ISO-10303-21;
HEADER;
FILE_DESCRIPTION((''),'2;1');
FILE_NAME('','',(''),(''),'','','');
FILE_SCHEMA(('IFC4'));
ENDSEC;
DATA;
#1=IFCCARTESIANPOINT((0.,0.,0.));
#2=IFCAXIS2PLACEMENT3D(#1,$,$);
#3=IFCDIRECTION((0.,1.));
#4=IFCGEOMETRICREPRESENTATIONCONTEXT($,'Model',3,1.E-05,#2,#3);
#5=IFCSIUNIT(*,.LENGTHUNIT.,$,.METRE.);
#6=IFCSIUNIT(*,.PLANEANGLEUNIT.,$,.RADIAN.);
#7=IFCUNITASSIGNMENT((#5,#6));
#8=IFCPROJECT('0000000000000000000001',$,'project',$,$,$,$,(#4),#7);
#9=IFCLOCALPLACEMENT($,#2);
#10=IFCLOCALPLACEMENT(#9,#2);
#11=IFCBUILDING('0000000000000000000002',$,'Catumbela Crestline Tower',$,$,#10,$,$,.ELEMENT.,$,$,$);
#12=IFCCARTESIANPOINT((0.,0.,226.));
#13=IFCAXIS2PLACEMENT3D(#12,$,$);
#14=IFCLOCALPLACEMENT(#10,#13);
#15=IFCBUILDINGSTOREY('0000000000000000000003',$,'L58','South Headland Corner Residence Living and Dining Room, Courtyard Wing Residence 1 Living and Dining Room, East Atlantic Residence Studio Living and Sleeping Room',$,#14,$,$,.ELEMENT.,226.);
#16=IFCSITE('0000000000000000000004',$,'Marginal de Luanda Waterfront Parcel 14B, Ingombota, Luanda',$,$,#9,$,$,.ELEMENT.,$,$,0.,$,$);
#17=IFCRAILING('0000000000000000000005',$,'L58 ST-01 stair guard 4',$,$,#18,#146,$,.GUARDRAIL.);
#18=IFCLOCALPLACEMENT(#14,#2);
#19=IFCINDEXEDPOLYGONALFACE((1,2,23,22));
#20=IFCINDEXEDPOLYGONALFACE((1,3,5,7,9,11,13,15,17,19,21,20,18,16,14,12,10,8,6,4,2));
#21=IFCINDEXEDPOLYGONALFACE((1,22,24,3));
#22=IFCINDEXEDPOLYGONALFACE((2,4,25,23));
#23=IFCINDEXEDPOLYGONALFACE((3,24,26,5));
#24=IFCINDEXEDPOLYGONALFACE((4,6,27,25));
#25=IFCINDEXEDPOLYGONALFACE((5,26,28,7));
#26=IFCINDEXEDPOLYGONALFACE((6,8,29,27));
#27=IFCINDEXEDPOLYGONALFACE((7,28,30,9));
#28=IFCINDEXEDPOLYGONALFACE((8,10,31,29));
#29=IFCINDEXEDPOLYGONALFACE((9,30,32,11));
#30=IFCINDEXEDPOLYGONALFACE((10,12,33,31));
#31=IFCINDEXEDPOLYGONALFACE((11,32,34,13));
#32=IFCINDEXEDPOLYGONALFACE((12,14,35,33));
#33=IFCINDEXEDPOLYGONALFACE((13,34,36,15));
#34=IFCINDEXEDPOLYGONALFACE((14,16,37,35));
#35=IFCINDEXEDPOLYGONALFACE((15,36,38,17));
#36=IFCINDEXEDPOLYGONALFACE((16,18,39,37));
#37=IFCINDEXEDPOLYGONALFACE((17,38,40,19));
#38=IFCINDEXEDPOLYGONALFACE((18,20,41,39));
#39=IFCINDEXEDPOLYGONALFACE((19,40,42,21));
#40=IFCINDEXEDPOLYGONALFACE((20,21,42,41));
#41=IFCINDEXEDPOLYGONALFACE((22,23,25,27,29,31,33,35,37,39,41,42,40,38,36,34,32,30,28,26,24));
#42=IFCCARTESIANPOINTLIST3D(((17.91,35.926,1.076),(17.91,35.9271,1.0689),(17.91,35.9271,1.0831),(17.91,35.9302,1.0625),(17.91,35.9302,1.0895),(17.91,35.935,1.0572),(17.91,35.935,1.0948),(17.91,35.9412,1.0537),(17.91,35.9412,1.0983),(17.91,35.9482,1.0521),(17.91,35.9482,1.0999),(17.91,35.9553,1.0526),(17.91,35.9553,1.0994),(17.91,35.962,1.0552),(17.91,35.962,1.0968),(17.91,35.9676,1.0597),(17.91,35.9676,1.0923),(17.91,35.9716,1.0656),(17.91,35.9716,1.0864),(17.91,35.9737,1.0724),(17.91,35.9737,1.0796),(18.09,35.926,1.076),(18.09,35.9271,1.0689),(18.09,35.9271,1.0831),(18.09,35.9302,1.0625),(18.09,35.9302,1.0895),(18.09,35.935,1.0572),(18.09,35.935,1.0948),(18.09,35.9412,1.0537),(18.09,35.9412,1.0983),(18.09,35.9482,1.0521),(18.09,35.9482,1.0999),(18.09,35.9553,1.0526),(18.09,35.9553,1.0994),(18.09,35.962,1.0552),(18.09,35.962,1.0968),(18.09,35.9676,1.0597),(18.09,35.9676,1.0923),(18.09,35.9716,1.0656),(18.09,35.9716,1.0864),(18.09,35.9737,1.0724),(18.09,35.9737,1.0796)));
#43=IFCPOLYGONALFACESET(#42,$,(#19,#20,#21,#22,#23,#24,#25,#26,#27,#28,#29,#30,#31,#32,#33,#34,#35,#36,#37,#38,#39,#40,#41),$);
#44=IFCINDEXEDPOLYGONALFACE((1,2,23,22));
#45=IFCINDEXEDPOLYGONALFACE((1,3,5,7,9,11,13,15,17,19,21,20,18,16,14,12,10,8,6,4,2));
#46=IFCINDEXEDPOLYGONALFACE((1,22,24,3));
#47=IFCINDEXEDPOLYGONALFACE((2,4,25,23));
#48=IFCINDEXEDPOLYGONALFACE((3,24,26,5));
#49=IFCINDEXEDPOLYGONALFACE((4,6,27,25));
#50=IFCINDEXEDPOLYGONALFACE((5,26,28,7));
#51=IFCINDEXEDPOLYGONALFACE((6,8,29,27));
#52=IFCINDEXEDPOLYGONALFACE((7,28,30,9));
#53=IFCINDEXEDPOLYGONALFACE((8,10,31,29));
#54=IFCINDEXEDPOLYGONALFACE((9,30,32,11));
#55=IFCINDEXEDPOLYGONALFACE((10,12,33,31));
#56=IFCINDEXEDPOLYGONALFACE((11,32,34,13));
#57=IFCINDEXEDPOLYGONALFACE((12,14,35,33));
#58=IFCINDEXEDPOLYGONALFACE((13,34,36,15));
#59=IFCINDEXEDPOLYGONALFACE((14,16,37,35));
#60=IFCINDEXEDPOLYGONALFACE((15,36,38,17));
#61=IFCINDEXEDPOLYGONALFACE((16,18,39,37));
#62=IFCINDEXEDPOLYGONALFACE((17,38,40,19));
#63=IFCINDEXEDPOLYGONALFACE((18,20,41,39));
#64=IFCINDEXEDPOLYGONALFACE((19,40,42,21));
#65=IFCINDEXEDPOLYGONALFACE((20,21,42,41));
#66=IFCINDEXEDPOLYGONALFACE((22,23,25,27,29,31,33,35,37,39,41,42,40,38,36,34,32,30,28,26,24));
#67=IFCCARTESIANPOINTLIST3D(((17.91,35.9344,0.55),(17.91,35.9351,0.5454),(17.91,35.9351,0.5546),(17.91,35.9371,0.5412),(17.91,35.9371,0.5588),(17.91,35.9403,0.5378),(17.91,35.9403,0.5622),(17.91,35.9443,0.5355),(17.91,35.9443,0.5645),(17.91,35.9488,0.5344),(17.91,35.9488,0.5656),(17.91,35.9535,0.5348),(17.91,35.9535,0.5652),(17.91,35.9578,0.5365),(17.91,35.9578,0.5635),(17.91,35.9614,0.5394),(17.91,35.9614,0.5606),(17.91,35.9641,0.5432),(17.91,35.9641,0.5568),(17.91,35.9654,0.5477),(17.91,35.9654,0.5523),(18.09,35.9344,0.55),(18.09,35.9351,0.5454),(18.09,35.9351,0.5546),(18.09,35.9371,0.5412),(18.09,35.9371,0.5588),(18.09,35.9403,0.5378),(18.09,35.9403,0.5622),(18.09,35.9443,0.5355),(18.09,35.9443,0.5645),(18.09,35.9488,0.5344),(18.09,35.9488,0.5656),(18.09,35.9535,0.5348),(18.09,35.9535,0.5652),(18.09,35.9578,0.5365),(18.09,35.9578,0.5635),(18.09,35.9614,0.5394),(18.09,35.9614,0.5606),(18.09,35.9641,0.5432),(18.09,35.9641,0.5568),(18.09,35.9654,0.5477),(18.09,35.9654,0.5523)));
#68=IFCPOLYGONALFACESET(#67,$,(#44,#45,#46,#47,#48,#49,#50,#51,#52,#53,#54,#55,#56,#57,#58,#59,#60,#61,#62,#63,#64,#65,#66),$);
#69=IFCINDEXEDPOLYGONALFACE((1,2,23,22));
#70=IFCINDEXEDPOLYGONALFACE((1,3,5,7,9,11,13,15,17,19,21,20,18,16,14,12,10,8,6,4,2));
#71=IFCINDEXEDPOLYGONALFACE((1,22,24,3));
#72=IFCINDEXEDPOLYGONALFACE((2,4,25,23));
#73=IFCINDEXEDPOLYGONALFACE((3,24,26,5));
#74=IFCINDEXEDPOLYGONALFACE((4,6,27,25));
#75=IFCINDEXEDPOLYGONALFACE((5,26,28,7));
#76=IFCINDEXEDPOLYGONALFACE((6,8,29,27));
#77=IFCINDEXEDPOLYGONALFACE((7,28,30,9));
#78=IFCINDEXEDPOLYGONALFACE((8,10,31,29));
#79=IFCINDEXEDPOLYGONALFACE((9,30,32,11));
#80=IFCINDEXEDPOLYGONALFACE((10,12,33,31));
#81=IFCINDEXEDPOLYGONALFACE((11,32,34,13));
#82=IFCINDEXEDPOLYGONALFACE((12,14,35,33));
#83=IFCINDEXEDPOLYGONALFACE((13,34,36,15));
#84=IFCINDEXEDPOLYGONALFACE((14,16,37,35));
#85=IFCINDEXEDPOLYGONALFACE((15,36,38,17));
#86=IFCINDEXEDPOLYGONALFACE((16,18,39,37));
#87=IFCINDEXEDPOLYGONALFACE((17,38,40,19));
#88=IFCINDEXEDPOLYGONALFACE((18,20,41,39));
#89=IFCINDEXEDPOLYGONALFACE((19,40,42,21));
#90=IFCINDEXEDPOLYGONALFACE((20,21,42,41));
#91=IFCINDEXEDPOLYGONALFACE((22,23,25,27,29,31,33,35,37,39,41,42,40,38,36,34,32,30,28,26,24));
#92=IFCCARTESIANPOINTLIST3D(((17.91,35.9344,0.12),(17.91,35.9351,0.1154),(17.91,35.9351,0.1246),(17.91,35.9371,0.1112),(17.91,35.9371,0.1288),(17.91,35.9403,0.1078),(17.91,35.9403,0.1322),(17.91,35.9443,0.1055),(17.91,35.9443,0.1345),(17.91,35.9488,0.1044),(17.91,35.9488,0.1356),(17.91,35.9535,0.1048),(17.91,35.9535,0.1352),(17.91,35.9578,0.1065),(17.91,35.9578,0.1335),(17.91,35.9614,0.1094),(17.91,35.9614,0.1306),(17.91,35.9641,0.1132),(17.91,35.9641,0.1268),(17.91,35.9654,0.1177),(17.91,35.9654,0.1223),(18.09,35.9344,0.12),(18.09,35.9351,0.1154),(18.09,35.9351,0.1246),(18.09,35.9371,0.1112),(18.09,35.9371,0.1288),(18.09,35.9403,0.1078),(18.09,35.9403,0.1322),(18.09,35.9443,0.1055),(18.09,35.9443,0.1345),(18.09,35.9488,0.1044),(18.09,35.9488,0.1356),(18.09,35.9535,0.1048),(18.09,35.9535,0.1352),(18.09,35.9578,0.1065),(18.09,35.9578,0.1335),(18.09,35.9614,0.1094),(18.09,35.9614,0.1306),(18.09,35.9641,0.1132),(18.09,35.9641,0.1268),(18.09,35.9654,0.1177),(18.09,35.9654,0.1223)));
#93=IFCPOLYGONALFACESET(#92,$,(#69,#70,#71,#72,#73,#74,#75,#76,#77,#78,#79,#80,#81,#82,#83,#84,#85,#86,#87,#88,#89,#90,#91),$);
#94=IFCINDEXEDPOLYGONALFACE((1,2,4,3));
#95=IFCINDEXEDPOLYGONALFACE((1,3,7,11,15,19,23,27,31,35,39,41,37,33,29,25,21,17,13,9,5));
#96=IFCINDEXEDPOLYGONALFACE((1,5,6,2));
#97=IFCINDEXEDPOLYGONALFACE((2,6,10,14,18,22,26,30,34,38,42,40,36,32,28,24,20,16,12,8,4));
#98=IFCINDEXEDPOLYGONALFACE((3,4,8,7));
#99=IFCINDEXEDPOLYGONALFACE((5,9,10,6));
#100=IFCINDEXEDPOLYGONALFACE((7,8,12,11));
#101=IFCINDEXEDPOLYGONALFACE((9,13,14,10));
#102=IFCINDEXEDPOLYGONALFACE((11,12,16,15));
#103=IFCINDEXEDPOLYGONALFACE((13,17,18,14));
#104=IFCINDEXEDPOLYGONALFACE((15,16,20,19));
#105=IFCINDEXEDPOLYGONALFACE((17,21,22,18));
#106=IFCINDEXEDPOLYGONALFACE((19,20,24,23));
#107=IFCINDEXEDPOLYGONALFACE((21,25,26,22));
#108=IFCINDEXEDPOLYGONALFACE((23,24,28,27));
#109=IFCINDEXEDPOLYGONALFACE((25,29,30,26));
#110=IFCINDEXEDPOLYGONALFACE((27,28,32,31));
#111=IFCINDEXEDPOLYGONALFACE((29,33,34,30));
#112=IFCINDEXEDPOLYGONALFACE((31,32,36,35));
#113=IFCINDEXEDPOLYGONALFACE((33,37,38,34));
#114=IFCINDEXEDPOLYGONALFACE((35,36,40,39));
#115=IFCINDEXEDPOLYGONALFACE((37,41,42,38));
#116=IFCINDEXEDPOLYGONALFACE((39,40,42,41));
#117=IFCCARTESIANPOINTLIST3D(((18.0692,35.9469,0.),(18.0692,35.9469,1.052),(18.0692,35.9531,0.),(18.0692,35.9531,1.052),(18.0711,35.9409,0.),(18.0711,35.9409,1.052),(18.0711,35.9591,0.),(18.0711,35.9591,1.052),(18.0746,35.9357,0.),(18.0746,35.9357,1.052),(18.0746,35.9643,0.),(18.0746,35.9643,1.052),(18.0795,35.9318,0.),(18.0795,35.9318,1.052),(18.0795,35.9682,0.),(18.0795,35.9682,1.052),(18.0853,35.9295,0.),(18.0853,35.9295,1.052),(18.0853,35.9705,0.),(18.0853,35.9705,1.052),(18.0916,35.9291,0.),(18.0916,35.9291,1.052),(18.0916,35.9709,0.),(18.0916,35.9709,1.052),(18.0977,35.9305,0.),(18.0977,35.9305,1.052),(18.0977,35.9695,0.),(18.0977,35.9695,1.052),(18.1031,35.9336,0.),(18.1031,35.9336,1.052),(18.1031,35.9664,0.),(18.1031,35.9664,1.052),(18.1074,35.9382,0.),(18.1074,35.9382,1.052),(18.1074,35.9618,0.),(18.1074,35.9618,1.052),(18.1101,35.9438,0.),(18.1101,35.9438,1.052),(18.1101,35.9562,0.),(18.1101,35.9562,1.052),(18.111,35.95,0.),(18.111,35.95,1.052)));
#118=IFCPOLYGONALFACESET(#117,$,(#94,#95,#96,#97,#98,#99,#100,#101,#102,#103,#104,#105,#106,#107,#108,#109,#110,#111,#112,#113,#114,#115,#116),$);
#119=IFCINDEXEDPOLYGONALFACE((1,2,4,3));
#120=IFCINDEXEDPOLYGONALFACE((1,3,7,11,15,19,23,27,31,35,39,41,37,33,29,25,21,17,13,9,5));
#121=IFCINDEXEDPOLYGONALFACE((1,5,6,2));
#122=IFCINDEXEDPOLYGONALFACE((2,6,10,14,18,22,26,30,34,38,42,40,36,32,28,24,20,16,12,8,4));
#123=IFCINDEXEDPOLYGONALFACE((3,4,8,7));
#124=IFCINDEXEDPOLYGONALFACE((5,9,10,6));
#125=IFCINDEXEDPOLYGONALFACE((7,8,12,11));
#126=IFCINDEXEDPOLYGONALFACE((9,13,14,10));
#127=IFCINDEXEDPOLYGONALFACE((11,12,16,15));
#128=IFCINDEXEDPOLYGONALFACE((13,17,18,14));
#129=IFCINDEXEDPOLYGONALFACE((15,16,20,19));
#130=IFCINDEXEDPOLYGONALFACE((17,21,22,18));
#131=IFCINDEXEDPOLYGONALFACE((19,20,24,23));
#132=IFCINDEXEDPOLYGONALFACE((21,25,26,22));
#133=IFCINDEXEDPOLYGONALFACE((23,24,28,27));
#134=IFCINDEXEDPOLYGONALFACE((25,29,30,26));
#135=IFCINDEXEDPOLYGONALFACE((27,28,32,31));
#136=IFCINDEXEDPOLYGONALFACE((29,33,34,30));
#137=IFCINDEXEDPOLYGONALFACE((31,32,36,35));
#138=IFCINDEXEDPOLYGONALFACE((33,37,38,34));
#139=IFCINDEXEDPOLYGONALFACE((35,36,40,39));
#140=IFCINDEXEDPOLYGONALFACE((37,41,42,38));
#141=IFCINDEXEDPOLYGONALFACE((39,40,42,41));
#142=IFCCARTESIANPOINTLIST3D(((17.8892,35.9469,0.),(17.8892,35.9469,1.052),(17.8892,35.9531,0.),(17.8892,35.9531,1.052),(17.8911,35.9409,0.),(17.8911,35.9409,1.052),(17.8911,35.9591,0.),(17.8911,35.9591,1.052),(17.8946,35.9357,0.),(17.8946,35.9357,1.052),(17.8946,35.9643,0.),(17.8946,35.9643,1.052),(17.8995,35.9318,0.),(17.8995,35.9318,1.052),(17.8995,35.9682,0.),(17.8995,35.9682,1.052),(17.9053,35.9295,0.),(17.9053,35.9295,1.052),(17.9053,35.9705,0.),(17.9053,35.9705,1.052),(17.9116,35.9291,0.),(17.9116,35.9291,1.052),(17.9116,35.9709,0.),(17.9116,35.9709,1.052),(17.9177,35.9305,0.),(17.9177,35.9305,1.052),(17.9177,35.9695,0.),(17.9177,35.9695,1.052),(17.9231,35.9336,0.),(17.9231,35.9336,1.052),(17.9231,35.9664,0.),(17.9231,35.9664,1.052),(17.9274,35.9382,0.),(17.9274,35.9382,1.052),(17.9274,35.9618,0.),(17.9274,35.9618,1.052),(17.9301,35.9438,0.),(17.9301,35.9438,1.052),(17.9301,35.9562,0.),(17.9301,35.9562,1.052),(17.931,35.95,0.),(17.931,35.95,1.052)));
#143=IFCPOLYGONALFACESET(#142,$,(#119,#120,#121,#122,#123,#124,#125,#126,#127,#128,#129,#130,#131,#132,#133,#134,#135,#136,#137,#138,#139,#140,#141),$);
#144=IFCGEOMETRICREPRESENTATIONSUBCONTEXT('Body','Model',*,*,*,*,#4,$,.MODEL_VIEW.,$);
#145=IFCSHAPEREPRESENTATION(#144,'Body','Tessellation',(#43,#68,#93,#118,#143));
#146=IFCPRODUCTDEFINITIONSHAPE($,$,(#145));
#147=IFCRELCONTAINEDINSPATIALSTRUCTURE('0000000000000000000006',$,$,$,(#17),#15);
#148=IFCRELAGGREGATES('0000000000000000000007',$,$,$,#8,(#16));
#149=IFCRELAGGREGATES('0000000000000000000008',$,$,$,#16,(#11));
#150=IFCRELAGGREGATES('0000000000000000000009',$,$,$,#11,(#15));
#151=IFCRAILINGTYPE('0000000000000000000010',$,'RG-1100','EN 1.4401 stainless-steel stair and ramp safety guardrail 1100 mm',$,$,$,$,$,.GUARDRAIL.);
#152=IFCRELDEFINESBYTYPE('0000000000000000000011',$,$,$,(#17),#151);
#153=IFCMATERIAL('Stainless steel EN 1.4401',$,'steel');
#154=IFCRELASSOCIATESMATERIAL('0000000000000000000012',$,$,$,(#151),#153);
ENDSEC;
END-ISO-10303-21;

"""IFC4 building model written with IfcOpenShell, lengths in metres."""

from ifc_helpers import new_model, si_unit, direction, frame, origin, origin_2d, place, context, subcontext, project, spatial, circle, extrude, material, type_object, element, save


model = new_model("IFC4")

# Units and contexts
model_context = context("Model", 3, precision=1e-05, world=origin(), true_north=direction((0.0, 1.0)))
body_context = subcontext(model_context, "Body", "Model", "MODEL_VIEW")
ifc_project = project(units=[si_unit("LENGTHUNIT", "METRE"), si_unit("PLANEANGLEUNIT", "RADIAN")], contexts=[model_context])

# Site, building, storey
site_placement = place(None, origin())
site = spatial("IfcSite", under=ifc_project, at=site_placement, Name="Marginal de Luanda Waterfront Parcel 14B, Ingombota, Luanda", CompositionType="ELEMENT", RefElevation=0.0)
building_placement = place(site_placement, origin())
building = spatial("IfcBuilding", under=site, at=building_placement, Name="Catumbela Crestline Tower", CompositionType="ELEMENT")
storey_placement = place(building_placement, frame((0.0, 0.0, 226.0)))
storey = spatial("IfcBuildingStorey", under=building, at=storey_placement, Name="L58", Description="South Headland Corner Residence Living and Dining Room, Courtyard Wing Residence 1 Living and Dining Room, East Atlantic Residence Studio Living and Sleeping Room", CompositionType="ELEMENT", Elevation=226.0)

# Shared definitions
ifc_material_1 = material(Name="Stainless steel EN 1.4401", Category="steel")

# Railing
railing_type_1 = type_object("IfcRailingType", Name="RG-1100", Description="EN 1.4401 stainless-steel stair and ramp safety guardrail 1100 mm", PredefinedType="GUARDRAIL", material=ifc_material_1)
for number, where, name in (
    (1, (18.09, 35.95, 0.0), "L58 ST-01 stair guard 4"),
):
    element("IfcRailing", number, at=place(storey_placement, frame(where)), inside=storey, type_object=railing_type_1, Name=name, PredefinedType="GUARDRAIL", context=body_context, shape_type="SweptSolid", body=[
        extrude(circle(Radius=0.024, at=origin_2d()), frame((0.0, 0.0, 1.076), z_axis=(-1.0, 0.0, 0.0), x_axis=(0.0, -1.0, 0.0)), (0.0, 0.0, 1.0), 0.18),
        extrude(circle(Radius=0.0156, at=origin_2d()), frame((0.0, 0.0, 0.55), z_axis=(-1.0, 0.0, 0.0), x_axis=(0.0, -1.0, 0.0)), (0.0, 0.0, 1.0), 0.18),
        extrude(circle(Radius=0.0156, at=origin_2d()), frame((0.0, 0.0, 0.12), z_axis=(-1.0, 0.0, 0.0), x_axis=(0.0, -1.0, 0.0)), (0.0, 0.0, 1.0), 0.18),
        extrude(circle(Radius=0.021, at=origin_2d()), origin(), (0.0, 0.0, 1.0), 1.052),
        extrude(circle(Radius=0.021, at=origin_2d()), frame((-0.18, 0.0, 0.0)), (0.0, 0.0, 1.0), 1.052),
    ])

save(model, "model.ifc")
